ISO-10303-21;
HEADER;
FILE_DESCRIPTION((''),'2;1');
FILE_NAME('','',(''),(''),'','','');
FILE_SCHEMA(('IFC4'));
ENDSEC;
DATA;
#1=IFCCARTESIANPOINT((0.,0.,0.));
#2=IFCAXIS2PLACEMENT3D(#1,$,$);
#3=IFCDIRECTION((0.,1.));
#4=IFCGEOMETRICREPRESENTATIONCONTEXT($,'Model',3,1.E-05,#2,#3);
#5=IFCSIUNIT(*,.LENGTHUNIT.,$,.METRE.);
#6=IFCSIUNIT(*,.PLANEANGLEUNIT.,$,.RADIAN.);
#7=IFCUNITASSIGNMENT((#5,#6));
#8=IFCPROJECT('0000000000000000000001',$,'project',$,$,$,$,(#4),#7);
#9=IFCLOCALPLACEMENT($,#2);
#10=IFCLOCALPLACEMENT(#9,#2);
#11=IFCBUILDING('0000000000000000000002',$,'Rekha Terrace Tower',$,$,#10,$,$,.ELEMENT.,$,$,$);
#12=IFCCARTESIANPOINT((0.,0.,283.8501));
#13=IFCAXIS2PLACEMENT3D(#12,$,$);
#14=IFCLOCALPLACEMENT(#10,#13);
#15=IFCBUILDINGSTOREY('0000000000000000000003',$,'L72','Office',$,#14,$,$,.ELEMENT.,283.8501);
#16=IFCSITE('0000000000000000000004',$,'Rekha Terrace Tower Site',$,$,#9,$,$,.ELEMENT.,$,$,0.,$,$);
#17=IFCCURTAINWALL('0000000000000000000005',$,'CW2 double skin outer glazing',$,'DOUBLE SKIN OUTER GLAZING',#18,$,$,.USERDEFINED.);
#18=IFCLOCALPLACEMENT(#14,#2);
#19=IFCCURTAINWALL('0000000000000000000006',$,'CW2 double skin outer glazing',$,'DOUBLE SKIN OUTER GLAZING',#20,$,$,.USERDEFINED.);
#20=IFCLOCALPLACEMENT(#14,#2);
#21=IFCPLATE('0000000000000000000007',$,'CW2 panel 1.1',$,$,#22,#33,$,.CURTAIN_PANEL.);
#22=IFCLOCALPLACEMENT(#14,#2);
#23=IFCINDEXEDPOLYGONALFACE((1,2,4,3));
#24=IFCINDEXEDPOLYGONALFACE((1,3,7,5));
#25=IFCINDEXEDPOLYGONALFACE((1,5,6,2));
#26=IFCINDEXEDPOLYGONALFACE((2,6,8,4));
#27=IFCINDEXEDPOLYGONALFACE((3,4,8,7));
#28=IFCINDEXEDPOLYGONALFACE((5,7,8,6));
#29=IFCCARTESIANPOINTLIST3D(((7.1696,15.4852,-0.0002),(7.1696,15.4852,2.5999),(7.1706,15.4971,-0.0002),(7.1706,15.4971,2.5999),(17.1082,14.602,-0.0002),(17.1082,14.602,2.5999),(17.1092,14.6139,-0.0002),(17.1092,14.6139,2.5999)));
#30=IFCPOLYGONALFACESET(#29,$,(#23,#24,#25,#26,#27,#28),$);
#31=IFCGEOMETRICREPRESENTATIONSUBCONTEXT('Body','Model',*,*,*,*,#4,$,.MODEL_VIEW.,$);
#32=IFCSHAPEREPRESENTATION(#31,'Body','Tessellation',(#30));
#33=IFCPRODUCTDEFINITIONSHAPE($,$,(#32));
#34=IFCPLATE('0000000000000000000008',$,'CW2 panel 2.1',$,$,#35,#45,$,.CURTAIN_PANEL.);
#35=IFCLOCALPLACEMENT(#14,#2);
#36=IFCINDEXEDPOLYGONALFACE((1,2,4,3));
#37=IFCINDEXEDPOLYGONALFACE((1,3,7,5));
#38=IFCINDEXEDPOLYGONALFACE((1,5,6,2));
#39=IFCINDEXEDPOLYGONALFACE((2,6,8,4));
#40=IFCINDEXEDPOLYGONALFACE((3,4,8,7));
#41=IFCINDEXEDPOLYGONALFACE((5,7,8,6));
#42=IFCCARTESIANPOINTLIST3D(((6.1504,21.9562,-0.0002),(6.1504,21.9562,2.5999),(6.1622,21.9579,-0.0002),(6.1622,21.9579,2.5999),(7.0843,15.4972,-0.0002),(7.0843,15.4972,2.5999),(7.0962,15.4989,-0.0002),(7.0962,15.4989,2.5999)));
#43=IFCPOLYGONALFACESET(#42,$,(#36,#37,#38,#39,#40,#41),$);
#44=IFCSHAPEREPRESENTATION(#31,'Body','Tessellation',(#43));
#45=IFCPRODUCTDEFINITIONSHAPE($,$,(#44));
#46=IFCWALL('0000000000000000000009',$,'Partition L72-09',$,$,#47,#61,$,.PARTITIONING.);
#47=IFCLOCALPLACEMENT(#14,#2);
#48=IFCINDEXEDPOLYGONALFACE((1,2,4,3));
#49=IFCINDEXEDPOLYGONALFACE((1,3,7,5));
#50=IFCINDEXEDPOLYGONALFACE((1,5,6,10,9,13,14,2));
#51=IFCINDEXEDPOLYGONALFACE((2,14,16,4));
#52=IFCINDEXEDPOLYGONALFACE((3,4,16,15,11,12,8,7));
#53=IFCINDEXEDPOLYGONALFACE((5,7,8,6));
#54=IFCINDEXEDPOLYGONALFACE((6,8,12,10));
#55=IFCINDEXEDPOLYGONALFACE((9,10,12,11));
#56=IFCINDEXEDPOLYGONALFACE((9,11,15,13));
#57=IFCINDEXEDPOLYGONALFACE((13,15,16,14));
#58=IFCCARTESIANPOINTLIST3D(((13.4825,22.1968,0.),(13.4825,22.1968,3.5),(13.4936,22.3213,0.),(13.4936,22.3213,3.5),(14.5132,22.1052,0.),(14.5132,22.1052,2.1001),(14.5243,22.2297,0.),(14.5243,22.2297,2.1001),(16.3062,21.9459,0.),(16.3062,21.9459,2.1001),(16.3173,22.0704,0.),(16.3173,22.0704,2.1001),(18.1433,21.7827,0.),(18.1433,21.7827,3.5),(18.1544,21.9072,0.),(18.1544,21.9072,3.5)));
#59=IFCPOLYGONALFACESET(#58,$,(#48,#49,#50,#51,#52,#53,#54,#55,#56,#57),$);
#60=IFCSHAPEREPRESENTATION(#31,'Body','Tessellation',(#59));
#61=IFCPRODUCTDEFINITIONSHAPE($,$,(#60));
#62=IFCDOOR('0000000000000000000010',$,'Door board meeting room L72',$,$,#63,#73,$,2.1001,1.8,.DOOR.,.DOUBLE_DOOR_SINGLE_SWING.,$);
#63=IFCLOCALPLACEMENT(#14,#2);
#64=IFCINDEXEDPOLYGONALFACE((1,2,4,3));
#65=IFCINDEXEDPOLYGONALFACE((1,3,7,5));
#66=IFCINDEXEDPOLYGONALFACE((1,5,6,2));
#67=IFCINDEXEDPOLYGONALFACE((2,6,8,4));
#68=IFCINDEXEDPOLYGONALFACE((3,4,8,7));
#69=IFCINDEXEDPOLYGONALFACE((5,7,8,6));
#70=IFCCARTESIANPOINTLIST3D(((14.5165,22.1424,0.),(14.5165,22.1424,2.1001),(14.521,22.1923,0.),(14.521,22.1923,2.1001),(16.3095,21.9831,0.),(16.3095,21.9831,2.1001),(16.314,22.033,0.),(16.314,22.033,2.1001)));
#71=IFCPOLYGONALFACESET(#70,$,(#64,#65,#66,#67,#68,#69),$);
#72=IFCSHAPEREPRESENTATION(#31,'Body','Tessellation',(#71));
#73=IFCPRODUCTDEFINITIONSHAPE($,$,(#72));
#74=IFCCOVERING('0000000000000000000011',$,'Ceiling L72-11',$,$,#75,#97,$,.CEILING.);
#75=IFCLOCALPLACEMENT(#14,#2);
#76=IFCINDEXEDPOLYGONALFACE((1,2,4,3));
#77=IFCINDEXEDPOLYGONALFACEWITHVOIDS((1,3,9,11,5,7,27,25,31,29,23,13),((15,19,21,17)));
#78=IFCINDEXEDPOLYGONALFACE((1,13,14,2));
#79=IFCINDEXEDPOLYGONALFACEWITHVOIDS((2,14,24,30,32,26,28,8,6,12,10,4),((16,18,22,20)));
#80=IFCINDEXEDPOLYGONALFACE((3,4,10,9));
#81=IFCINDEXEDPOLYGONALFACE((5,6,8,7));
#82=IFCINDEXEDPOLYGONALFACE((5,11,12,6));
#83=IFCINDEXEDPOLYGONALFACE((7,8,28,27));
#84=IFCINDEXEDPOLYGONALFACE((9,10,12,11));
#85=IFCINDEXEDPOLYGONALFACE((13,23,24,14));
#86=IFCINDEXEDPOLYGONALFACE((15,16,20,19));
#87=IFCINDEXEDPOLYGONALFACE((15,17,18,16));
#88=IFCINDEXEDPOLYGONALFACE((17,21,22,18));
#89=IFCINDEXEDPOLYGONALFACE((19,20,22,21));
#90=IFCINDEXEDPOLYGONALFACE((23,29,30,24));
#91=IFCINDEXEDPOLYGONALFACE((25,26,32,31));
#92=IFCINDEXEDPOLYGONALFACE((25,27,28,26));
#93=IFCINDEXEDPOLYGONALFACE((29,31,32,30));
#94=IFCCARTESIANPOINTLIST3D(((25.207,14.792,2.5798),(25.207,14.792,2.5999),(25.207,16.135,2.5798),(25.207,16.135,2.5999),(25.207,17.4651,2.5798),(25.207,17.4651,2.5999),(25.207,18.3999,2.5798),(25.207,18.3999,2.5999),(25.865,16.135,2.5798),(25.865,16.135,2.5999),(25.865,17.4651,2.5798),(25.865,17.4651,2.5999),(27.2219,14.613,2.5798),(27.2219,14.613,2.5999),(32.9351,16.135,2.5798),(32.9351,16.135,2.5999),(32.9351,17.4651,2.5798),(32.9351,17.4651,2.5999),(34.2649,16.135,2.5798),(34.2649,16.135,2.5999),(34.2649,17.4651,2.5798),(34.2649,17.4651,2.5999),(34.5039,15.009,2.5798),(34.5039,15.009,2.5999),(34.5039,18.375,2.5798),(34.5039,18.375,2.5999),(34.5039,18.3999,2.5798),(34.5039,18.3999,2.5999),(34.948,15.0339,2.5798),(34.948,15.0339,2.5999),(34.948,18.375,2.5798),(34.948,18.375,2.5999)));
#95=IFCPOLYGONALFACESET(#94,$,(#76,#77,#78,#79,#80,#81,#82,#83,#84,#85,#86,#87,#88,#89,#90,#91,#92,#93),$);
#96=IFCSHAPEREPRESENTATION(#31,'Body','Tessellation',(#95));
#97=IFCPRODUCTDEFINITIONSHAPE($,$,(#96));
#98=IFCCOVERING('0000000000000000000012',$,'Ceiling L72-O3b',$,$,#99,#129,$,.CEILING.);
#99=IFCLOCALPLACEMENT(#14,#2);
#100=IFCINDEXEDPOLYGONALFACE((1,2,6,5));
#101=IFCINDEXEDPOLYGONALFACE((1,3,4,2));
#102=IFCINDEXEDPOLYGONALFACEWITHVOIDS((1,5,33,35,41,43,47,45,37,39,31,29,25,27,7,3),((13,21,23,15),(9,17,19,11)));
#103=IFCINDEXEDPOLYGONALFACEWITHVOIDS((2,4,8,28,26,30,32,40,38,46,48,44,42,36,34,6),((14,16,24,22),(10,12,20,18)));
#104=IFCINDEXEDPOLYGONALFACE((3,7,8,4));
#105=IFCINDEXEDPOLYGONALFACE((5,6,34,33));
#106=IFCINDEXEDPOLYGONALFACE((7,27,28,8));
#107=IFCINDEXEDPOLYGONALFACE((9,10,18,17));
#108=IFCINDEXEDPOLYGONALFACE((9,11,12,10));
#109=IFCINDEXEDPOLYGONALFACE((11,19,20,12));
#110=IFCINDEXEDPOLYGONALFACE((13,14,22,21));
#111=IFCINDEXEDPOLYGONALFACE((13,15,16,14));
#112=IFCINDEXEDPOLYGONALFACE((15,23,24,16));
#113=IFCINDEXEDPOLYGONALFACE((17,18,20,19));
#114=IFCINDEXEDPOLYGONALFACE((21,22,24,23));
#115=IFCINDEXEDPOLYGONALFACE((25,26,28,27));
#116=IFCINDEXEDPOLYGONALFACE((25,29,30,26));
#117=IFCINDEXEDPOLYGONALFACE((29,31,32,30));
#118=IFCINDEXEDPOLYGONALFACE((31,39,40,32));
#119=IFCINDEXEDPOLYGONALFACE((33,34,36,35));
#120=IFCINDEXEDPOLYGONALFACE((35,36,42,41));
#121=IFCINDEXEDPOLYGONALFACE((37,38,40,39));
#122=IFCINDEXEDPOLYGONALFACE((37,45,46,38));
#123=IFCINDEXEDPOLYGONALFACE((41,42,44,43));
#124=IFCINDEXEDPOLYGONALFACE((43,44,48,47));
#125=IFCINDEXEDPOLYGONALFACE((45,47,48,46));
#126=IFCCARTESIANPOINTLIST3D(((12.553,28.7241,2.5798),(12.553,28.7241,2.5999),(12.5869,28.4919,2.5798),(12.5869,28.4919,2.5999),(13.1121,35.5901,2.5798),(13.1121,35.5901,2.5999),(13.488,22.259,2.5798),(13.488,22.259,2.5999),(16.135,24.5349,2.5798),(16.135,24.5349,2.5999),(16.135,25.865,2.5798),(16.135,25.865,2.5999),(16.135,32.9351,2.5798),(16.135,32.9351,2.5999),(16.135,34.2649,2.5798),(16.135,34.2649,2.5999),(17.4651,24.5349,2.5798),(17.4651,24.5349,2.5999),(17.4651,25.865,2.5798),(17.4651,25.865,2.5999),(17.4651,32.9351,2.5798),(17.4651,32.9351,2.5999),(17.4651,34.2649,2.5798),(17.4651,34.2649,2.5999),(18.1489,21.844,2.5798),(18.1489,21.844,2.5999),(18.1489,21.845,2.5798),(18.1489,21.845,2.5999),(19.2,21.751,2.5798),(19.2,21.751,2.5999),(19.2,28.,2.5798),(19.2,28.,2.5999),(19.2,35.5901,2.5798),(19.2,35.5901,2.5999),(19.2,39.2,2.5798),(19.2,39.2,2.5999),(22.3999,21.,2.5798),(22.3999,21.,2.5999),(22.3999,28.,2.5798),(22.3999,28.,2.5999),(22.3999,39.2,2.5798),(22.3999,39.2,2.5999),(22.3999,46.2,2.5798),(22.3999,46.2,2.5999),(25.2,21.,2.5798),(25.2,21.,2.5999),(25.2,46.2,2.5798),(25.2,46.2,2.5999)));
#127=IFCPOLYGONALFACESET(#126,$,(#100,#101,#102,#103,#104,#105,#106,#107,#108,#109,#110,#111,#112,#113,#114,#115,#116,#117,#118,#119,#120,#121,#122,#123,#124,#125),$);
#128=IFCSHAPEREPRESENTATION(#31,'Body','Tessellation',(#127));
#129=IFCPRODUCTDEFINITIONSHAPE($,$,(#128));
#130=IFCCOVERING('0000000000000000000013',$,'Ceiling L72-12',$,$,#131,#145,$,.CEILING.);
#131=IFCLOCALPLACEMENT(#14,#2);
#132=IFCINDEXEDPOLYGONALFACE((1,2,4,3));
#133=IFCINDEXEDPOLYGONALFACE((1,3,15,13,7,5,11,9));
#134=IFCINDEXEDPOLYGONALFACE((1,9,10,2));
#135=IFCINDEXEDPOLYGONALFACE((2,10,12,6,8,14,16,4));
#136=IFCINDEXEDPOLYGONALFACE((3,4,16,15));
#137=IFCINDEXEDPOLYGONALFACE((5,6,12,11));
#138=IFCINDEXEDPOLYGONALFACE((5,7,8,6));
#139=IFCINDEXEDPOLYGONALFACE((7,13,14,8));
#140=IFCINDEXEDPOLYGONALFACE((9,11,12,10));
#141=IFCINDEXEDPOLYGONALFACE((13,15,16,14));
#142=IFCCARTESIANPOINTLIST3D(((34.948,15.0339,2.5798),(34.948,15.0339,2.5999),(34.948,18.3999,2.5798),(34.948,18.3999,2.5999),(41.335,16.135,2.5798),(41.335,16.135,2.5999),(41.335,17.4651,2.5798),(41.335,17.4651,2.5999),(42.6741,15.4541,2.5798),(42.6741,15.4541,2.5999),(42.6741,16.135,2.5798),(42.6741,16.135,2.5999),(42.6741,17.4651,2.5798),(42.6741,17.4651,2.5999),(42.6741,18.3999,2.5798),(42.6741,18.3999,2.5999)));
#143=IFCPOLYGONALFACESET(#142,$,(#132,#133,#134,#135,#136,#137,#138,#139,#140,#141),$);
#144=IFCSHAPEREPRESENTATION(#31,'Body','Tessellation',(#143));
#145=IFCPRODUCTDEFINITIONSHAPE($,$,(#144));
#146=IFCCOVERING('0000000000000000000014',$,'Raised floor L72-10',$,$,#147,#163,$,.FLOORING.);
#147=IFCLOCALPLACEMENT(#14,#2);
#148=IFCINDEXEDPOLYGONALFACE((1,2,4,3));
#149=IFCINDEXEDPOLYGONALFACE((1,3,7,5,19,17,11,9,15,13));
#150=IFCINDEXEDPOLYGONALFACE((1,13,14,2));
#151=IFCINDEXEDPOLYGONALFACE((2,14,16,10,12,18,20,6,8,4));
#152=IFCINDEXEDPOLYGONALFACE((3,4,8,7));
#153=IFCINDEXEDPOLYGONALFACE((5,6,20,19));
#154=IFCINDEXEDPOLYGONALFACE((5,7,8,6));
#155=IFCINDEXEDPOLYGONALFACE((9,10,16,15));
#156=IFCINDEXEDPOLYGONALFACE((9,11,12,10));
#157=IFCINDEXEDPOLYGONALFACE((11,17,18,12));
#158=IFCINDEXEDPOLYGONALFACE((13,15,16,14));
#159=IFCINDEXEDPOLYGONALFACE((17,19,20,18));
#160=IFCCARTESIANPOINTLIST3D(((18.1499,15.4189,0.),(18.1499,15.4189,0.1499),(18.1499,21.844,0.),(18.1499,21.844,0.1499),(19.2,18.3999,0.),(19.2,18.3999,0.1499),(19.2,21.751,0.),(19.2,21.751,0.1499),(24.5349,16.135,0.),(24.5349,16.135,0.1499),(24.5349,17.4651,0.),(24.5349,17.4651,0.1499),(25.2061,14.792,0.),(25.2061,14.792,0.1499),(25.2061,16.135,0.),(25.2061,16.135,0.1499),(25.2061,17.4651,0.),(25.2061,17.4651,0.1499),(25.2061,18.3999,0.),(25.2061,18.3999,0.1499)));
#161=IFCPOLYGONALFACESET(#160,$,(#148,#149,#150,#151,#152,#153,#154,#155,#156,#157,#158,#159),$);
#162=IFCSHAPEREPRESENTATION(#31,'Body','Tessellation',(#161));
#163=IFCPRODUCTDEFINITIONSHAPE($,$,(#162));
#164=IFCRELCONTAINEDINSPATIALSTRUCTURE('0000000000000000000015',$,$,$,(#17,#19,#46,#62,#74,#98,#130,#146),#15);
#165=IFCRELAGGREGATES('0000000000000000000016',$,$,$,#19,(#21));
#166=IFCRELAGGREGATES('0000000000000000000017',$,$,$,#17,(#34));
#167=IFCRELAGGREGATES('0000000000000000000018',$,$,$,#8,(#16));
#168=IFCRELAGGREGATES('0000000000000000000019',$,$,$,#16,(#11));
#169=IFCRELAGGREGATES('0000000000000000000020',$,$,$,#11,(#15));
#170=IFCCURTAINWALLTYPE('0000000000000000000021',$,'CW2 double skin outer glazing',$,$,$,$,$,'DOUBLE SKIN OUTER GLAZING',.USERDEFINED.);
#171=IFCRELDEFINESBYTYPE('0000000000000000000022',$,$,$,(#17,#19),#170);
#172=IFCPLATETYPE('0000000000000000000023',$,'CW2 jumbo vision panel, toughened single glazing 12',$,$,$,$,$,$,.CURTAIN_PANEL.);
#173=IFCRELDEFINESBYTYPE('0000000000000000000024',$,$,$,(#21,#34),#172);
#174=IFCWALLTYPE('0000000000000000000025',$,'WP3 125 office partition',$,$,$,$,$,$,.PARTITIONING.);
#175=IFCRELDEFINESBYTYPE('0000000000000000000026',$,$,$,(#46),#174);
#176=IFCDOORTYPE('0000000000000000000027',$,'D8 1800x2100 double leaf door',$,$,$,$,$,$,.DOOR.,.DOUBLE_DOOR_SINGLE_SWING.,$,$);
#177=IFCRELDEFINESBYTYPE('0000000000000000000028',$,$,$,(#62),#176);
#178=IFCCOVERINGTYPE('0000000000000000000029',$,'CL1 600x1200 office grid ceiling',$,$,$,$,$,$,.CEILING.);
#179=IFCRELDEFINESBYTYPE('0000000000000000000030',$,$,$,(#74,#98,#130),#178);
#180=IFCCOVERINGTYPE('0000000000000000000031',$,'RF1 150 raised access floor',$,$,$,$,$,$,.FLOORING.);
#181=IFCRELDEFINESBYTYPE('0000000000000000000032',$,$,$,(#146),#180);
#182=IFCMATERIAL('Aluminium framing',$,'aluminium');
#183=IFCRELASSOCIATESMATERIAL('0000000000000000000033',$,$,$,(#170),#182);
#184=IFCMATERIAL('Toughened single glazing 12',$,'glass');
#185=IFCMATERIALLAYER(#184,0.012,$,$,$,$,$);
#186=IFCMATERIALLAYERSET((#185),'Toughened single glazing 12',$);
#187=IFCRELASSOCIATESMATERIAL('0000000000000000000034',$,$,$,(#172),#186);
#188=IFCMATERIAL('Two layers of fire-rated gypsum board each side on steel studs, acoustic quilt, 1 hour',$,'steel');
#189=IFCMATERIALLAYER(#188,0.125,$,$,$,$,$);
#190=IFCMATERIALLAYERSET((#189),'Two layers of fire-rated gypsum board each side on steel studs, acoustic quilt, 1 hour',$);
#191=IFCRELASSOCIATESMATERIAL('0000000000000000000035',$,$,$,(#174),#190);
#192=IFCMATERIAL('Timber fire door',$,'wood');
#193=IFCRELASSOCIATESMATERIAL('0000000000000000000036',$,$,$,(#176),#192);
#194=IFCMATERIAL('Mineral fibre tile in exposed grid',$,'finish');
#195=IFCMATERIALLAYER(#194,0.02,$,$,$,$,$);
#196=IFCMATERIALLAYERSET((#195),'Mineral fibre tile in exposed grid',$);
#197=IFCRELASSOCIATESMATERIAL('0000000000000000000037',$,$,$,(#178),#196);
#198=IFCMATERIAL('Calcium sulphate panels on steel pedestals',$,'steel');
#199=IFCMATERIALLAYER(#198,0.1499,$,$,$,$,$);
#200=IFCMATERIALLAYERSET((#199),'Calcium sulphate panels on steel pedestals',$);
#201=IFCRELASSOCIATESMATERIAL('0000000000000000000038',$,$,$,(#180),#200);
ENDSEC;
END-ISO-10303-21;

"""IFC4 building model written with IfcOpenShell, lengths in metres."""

from ifc_helpers import new_model, si_unit, direction, frame, frame_2d, origin, origin_2d, place, context, subcontext, project, spatial, polyline, rectangle, outline, extrude, material, layer, layer_set, type_object, element, fill, aggregate, save


model = new_model("IFC4")

# Units and contexts
model_context = context("Model", 3, precision=1e-05, world=origin(), true_north=direction((0.0, 1.0)))
body_context = subcontext(model_context, "Body", "Model", "MODEL_VIEW")
ifc_project = project(units=[si_unit("LENGTHUNIT", "METRE"), si_unit("PLANEANGLEUNIT", "RADIAN")], contexts=[model_context])

# Site, building, storey
site_placement = place(None, origin())
site = spatial("IfcSite", under=ifc_project, at=site_placement, Name="Rekha Terrace Tower Site", CompositionType="ELEMENT", RefElevation=0.0)
building_placement = place(site_placement, origin())
building = spatial("IfcBuilding", under=site, at=building_placement, Name="Rekha Terrace Tower", CompositionType="ELEMENT")
storey_placement = place(building_placement, frame((0.0, 0.0, 283.8501)))
storey = spatial("IfcBuildingStorey", under=building, at=storey_placement, Name="L72", Description="Office", CompositionType="ELEMENT", Elevation=283.8501)

# Curtain wall
ifc_material_1 = material(Name="Aluminium framing", Category="aluminium")
curtain_wall_type_1 = type_object("IfcCurtainWallType", Name="CW2 double skin outer glazing", ElementType="DOUBLE SKIN OUTER GLAZING", PredefinedType="USERDEFINED", material=ifc_material_1)
curtain_wall_1_placement = place(storey_placement, origin())
curtain_wall_1 = element("IfcCurtainWall", 1, at=curtain_wall_1_placement, inside=storey, type_object=curtain_wall_type_1, Name="CW2 double skin outer glazing", ObjectType="DOUBLE SKIN OUTER GLAZING", PredefinedType="USERDEFINED")

# Curtain wall
curtain_wall_2_placement = place(storey_placement, origin())
curtain_wall_2 = element("IfcCurtainWall", 2, at=curtain_wall_2_placement, inside=storey, type_object=curtain_wall_type_1, Name="CW2 double skin outer glazing", ObjectType="DOUBLE SKIN OUTER GLAZING", PredefinedType="USERDEFINED")

# Plates
ifc_material_2 = material(Name="Toughened single glazing 12", Category="glass")
ifc_layer_1 = layer(ifc_material_2, 0.012)
ifc_layer_set_1 = layer_set([ifc_layer_1], Name="Toughened single glazing 12")
plate_type_1 = type_object("IfcPlateType", Name="CW2 jumbo vision panel, toughened single glazing 12", PredefinedType="CURTAIN_PANEL", material=ifc_layer_set_1)
plate_1_placement = place(storey_placement, frame((12.1394, 15.0496, -0.0002), z_axis=(0.0, 0.0, 1.0), x_axis=(0.996074, -0.088522, 0.0)))
plate_1 = element("IfcPlate", 3, at=plate_1_placement, type_object=plate_type_1, Name="CW2 panel 1.1", PredefinedType="CURTAIN_PANEL", context=body_context, shape_type="SweptSolid", body=[
    extrude(rectangle(XDim=9.9778, YDim=0.012, at=origin_2d()), origin(), (0.0, 0.0, 1.0), 2.6001),
])
aggregate(curtain_wall_2, [plate_1])
plate_2_placement = place(storey_placement, frame((6.6233, 18.7275, -0.0002), z_axis=(0.0, 0.0, 1.0), x_axis=(0.143108, -0.989707, 0.0)))
plate_2 = element("IfcPlate", 4, at=plate_2_placement, type_object=plate_type_1, Name="CW2 panel 2.1", PredefinedType="CURTAIN_PANEL", context=body_context, shape_type="SweptSolid", body=[
    extrude(rectangle(XDim=6.5261, YDim=0.012, at=origin_2d()), origin(), (0.0, 0.0, 1.0), 2.6001),
])
aggregate(curtain_wall_1, [plate_2])

# Wall, opening, door
ifc_material_3 = material(Name="Two layers of fire-rated gypsum board each side on steel studs, acoustic quilt, 1 hour", Category="steel")
ifc_layer_2 = layer(ifc_material_3, 0.125)
ifc_layer_set_2 = layer_set([ifc_layer_2], Name="Two layers of fire-rated gypsum board each side on steel studs, acoustic quilt, 1 hour")
wall_type = type_object("IfcWallType", Name="WP3 125 office partition", PredefinedType="PARTITIONING", material=ifc_layer_set_2)
wall_placement = place(storey_placement, frame((13.488, 22.259, 0.0), z_axis=(0.0, 0.0, 1.0), x_axis=(0.996077, -0.088489, 0.0)))
wall = element("IfcWall", 5, at=wall_placement, inside=storey, type_object=wall_type, Name="Partition L72-09", PredefinedType="PARTITIONING", context=body_context, shape_type="SweptSolid", body=[
    extrude(rectangle(XDim=4.6792, YDim=0.125, at=frame_2d((2.3396, 0.0))), origin(), (0.0, 0.0, 1.0), 3.5),
])
opening_placement = place(wall_placement, frame((1.0349, 0.0, 0.0)))
opening = element("IfcOpeningElement", 6, at=opening_placement, cuts=wall, PredefinedType="OPENING", context=body_context, shape_type="SweptSolid", body=[
    extrude(rectangle(XDim=1.8, YDim=2.1001, at=frame_2d((0.8999, 1.05))), frame((0.0, 0.0725, 0.0), z_axis=(0.0, -1.0, 0.0), x_axis=(1.0, 0.0, 0.0)), (0.0, 0.0, 1.0), 0.145),
])
ifc_material_4 = material(Name="Timber fire door", Category="wood")
door_type = type_object("IfcDoorType", Name="D8 1800x2100 double leaf door", OperationType="DOUBLE_DOOR_SINGLE_SWING", PredefinedType="DOOR", material=ifc_material_4)
door_placement = place(opening_placement, origin())
door = element("IfcDoor", 7, at=door_placement, inside=storey, type_object=door_type, Name="Door board meeting room L72", OperationType="DOUBLE_DOOR_SINGLE_SWING", OverallHeight=2.1001, OverallWidth=1.8, PredefinedType="DOOR", context=body_context, shape_type="SweptSolid", body=[
    extrude(rectangle(XDim=1.8, YDim=2.1001, at=frame_2d((0.8999, 1.05))), frame((0.0, 0.0249, 0.0), z_axis=(0.0, -1.0, 0.0), x_axis=(1.0, 0.0, 0.0)), (0.0, 0.0, 1.0), 0.05),
])
fill(opening, door)

# Coverings
ifc_material_5 = material(Name="Mineral fibre tile in exposed grid", Category="finish")
ifc_layer_3 = layer(ifc_material_5, 0.02)
ifc_layer_set_3 = layer_set([ifc_layer_3], Name="Mineral fibre tile in exposed grid")
covering_type_1 = type_object("IfcCoveringType", Name="CL1 600x1200 office grid ceiling", PredefinedType="CEILING", material=ifc_layer_set_3)
covering_1_placement = place(storey_placement, frame((0.0, 0.0, 2.5798)))
element("IfcCovering", 8, at=covering_1_placement, inside=storey, type_object=covering_type_1, Name="Ceiling L72-11", PredefinedType="CEILING", context=body_context, shape_type="SweptSolid", body=[
    extrude(outline(polyline([(34.5039, 15.009), (34.948, 15.0339), (34.948, 18.375), (34.5039, 18.375), (34.5039, 18.3999), (25.207, 18.3999), (25.207, 17.4651), (25.865, 17.4651), (25.865, 16.135), (25.207, 16.135), (25.207, 14.792), (27.2219, 14.613), (34.5039, 15.009)]), holes=[polyline([(34.2649, 16.135), (32.9351, 16.135), (32.9351, 17.4651), (34.2649, 17.4651), (34.2649, 16.135)])]), origin(), (0.0, 0.0, 1.0), 0.02),
])
covering_2_placement = place(storey_placement, frame((0.0, 0.0, 2.5798)))
element("IfcCovering", 9, at=covering_2_placement, inside=storey, type_object=covering_type_1, Name="Ceiling L72-O3b", PredefinedType="CEILING", context=body_context, shape_type="SweptSolid", body=[
    extrude(outline(polyline([(12.553, 28.7241), (12.5869, 28.4919), (13.488, 22.259), (18.1489, 21.845), (18.1489, 21.844), (19.2, 21.751), (19.2, 28.0), (22.3999, 28.0), (22.3999, 21.0), (25.2, 21.0), (25.2, 46.2), (22.3999, 46.2), (22.3999, 39.2), (19.2, 39.2), (19.2, 35.5901), (13.1121, 35.5901), (12.553, 28.7241)]), holes=[polyline([(17.4651, 25.865), (17.4651, 24.5349), (16.135, 24.5349), (16.135, 25.865), (17.4651, 25.865)]), polyline([(17.4651, 34.2649), (17.4651, 32.9351), (16.135, 32.9351), (16.135, 34.2649), (17.4651, 34.2649)])]), origin(), (0.0, 0.0, 1.0), 0.02),
])
covering_3_placement = place(storey_placement, frame((0.0, 0.0, 2.5798)))
element("IfcCovering", 10, at=covering_3_placement, inside=storey, type_object=covering_type_1, Name="Ceiling L72-12", PredefinedType="CEILING", context=body_context, shape_type="SweptSolid", body=[
    extrude(outline(polyline([(42.6741, 18.3999), (34.948, 18.3999), (34.948, 15.0339), (42.6741, 15.4541), (42.6741, 16.135), (41.335, 16.135), (41.335, 17.4651), (42.6741, 17.4651), (42.6741, 18.3999)])), origin(), (0.0, 0.0, 1.0), 0.02),
])
ifc_material_6 = material(Name="Calcium sulphate panels on steel pedestals", Category="steel")
ifc_layer_4 = layer(ifc_material_6, 0.1499)
ifc_layer_set_4 = layer_set([ifc_layer_4], Name="Calcium sulphate panels on steel pedestals")
covering_type_2 = type_object("IfcCoveringType", Name="RF1 150 raised access floor", PredefinedType="FLOORING", material=ifc_layer_set_4)
covering_4_placement = place(storey_placement, origin())
element("IfcCovering", 11, at=covering_4_placement, inside=storey, type_object=covering_type_2, Name="Raised floor L72-10", PredefinedType="FLOORING", context=body_context, shape_type="SweptSolid", body=[
    extrude(outline(polyline([(24.5349, 17.4651), (25.2061, 17.4651), (25.2061, 18.3999), (19.2, 18.3999), (19.2, 21.751), (18.1499, 21.844), (18.1499, 15.4189), (25.2061, 14.792), (25.2061, 16.135), (24.5349, 16.135), (24.5349, 17.4651)])), origin(), (0.0, 0.0, 1.0), 0.1499),
])

save(model, "model.ifc")
